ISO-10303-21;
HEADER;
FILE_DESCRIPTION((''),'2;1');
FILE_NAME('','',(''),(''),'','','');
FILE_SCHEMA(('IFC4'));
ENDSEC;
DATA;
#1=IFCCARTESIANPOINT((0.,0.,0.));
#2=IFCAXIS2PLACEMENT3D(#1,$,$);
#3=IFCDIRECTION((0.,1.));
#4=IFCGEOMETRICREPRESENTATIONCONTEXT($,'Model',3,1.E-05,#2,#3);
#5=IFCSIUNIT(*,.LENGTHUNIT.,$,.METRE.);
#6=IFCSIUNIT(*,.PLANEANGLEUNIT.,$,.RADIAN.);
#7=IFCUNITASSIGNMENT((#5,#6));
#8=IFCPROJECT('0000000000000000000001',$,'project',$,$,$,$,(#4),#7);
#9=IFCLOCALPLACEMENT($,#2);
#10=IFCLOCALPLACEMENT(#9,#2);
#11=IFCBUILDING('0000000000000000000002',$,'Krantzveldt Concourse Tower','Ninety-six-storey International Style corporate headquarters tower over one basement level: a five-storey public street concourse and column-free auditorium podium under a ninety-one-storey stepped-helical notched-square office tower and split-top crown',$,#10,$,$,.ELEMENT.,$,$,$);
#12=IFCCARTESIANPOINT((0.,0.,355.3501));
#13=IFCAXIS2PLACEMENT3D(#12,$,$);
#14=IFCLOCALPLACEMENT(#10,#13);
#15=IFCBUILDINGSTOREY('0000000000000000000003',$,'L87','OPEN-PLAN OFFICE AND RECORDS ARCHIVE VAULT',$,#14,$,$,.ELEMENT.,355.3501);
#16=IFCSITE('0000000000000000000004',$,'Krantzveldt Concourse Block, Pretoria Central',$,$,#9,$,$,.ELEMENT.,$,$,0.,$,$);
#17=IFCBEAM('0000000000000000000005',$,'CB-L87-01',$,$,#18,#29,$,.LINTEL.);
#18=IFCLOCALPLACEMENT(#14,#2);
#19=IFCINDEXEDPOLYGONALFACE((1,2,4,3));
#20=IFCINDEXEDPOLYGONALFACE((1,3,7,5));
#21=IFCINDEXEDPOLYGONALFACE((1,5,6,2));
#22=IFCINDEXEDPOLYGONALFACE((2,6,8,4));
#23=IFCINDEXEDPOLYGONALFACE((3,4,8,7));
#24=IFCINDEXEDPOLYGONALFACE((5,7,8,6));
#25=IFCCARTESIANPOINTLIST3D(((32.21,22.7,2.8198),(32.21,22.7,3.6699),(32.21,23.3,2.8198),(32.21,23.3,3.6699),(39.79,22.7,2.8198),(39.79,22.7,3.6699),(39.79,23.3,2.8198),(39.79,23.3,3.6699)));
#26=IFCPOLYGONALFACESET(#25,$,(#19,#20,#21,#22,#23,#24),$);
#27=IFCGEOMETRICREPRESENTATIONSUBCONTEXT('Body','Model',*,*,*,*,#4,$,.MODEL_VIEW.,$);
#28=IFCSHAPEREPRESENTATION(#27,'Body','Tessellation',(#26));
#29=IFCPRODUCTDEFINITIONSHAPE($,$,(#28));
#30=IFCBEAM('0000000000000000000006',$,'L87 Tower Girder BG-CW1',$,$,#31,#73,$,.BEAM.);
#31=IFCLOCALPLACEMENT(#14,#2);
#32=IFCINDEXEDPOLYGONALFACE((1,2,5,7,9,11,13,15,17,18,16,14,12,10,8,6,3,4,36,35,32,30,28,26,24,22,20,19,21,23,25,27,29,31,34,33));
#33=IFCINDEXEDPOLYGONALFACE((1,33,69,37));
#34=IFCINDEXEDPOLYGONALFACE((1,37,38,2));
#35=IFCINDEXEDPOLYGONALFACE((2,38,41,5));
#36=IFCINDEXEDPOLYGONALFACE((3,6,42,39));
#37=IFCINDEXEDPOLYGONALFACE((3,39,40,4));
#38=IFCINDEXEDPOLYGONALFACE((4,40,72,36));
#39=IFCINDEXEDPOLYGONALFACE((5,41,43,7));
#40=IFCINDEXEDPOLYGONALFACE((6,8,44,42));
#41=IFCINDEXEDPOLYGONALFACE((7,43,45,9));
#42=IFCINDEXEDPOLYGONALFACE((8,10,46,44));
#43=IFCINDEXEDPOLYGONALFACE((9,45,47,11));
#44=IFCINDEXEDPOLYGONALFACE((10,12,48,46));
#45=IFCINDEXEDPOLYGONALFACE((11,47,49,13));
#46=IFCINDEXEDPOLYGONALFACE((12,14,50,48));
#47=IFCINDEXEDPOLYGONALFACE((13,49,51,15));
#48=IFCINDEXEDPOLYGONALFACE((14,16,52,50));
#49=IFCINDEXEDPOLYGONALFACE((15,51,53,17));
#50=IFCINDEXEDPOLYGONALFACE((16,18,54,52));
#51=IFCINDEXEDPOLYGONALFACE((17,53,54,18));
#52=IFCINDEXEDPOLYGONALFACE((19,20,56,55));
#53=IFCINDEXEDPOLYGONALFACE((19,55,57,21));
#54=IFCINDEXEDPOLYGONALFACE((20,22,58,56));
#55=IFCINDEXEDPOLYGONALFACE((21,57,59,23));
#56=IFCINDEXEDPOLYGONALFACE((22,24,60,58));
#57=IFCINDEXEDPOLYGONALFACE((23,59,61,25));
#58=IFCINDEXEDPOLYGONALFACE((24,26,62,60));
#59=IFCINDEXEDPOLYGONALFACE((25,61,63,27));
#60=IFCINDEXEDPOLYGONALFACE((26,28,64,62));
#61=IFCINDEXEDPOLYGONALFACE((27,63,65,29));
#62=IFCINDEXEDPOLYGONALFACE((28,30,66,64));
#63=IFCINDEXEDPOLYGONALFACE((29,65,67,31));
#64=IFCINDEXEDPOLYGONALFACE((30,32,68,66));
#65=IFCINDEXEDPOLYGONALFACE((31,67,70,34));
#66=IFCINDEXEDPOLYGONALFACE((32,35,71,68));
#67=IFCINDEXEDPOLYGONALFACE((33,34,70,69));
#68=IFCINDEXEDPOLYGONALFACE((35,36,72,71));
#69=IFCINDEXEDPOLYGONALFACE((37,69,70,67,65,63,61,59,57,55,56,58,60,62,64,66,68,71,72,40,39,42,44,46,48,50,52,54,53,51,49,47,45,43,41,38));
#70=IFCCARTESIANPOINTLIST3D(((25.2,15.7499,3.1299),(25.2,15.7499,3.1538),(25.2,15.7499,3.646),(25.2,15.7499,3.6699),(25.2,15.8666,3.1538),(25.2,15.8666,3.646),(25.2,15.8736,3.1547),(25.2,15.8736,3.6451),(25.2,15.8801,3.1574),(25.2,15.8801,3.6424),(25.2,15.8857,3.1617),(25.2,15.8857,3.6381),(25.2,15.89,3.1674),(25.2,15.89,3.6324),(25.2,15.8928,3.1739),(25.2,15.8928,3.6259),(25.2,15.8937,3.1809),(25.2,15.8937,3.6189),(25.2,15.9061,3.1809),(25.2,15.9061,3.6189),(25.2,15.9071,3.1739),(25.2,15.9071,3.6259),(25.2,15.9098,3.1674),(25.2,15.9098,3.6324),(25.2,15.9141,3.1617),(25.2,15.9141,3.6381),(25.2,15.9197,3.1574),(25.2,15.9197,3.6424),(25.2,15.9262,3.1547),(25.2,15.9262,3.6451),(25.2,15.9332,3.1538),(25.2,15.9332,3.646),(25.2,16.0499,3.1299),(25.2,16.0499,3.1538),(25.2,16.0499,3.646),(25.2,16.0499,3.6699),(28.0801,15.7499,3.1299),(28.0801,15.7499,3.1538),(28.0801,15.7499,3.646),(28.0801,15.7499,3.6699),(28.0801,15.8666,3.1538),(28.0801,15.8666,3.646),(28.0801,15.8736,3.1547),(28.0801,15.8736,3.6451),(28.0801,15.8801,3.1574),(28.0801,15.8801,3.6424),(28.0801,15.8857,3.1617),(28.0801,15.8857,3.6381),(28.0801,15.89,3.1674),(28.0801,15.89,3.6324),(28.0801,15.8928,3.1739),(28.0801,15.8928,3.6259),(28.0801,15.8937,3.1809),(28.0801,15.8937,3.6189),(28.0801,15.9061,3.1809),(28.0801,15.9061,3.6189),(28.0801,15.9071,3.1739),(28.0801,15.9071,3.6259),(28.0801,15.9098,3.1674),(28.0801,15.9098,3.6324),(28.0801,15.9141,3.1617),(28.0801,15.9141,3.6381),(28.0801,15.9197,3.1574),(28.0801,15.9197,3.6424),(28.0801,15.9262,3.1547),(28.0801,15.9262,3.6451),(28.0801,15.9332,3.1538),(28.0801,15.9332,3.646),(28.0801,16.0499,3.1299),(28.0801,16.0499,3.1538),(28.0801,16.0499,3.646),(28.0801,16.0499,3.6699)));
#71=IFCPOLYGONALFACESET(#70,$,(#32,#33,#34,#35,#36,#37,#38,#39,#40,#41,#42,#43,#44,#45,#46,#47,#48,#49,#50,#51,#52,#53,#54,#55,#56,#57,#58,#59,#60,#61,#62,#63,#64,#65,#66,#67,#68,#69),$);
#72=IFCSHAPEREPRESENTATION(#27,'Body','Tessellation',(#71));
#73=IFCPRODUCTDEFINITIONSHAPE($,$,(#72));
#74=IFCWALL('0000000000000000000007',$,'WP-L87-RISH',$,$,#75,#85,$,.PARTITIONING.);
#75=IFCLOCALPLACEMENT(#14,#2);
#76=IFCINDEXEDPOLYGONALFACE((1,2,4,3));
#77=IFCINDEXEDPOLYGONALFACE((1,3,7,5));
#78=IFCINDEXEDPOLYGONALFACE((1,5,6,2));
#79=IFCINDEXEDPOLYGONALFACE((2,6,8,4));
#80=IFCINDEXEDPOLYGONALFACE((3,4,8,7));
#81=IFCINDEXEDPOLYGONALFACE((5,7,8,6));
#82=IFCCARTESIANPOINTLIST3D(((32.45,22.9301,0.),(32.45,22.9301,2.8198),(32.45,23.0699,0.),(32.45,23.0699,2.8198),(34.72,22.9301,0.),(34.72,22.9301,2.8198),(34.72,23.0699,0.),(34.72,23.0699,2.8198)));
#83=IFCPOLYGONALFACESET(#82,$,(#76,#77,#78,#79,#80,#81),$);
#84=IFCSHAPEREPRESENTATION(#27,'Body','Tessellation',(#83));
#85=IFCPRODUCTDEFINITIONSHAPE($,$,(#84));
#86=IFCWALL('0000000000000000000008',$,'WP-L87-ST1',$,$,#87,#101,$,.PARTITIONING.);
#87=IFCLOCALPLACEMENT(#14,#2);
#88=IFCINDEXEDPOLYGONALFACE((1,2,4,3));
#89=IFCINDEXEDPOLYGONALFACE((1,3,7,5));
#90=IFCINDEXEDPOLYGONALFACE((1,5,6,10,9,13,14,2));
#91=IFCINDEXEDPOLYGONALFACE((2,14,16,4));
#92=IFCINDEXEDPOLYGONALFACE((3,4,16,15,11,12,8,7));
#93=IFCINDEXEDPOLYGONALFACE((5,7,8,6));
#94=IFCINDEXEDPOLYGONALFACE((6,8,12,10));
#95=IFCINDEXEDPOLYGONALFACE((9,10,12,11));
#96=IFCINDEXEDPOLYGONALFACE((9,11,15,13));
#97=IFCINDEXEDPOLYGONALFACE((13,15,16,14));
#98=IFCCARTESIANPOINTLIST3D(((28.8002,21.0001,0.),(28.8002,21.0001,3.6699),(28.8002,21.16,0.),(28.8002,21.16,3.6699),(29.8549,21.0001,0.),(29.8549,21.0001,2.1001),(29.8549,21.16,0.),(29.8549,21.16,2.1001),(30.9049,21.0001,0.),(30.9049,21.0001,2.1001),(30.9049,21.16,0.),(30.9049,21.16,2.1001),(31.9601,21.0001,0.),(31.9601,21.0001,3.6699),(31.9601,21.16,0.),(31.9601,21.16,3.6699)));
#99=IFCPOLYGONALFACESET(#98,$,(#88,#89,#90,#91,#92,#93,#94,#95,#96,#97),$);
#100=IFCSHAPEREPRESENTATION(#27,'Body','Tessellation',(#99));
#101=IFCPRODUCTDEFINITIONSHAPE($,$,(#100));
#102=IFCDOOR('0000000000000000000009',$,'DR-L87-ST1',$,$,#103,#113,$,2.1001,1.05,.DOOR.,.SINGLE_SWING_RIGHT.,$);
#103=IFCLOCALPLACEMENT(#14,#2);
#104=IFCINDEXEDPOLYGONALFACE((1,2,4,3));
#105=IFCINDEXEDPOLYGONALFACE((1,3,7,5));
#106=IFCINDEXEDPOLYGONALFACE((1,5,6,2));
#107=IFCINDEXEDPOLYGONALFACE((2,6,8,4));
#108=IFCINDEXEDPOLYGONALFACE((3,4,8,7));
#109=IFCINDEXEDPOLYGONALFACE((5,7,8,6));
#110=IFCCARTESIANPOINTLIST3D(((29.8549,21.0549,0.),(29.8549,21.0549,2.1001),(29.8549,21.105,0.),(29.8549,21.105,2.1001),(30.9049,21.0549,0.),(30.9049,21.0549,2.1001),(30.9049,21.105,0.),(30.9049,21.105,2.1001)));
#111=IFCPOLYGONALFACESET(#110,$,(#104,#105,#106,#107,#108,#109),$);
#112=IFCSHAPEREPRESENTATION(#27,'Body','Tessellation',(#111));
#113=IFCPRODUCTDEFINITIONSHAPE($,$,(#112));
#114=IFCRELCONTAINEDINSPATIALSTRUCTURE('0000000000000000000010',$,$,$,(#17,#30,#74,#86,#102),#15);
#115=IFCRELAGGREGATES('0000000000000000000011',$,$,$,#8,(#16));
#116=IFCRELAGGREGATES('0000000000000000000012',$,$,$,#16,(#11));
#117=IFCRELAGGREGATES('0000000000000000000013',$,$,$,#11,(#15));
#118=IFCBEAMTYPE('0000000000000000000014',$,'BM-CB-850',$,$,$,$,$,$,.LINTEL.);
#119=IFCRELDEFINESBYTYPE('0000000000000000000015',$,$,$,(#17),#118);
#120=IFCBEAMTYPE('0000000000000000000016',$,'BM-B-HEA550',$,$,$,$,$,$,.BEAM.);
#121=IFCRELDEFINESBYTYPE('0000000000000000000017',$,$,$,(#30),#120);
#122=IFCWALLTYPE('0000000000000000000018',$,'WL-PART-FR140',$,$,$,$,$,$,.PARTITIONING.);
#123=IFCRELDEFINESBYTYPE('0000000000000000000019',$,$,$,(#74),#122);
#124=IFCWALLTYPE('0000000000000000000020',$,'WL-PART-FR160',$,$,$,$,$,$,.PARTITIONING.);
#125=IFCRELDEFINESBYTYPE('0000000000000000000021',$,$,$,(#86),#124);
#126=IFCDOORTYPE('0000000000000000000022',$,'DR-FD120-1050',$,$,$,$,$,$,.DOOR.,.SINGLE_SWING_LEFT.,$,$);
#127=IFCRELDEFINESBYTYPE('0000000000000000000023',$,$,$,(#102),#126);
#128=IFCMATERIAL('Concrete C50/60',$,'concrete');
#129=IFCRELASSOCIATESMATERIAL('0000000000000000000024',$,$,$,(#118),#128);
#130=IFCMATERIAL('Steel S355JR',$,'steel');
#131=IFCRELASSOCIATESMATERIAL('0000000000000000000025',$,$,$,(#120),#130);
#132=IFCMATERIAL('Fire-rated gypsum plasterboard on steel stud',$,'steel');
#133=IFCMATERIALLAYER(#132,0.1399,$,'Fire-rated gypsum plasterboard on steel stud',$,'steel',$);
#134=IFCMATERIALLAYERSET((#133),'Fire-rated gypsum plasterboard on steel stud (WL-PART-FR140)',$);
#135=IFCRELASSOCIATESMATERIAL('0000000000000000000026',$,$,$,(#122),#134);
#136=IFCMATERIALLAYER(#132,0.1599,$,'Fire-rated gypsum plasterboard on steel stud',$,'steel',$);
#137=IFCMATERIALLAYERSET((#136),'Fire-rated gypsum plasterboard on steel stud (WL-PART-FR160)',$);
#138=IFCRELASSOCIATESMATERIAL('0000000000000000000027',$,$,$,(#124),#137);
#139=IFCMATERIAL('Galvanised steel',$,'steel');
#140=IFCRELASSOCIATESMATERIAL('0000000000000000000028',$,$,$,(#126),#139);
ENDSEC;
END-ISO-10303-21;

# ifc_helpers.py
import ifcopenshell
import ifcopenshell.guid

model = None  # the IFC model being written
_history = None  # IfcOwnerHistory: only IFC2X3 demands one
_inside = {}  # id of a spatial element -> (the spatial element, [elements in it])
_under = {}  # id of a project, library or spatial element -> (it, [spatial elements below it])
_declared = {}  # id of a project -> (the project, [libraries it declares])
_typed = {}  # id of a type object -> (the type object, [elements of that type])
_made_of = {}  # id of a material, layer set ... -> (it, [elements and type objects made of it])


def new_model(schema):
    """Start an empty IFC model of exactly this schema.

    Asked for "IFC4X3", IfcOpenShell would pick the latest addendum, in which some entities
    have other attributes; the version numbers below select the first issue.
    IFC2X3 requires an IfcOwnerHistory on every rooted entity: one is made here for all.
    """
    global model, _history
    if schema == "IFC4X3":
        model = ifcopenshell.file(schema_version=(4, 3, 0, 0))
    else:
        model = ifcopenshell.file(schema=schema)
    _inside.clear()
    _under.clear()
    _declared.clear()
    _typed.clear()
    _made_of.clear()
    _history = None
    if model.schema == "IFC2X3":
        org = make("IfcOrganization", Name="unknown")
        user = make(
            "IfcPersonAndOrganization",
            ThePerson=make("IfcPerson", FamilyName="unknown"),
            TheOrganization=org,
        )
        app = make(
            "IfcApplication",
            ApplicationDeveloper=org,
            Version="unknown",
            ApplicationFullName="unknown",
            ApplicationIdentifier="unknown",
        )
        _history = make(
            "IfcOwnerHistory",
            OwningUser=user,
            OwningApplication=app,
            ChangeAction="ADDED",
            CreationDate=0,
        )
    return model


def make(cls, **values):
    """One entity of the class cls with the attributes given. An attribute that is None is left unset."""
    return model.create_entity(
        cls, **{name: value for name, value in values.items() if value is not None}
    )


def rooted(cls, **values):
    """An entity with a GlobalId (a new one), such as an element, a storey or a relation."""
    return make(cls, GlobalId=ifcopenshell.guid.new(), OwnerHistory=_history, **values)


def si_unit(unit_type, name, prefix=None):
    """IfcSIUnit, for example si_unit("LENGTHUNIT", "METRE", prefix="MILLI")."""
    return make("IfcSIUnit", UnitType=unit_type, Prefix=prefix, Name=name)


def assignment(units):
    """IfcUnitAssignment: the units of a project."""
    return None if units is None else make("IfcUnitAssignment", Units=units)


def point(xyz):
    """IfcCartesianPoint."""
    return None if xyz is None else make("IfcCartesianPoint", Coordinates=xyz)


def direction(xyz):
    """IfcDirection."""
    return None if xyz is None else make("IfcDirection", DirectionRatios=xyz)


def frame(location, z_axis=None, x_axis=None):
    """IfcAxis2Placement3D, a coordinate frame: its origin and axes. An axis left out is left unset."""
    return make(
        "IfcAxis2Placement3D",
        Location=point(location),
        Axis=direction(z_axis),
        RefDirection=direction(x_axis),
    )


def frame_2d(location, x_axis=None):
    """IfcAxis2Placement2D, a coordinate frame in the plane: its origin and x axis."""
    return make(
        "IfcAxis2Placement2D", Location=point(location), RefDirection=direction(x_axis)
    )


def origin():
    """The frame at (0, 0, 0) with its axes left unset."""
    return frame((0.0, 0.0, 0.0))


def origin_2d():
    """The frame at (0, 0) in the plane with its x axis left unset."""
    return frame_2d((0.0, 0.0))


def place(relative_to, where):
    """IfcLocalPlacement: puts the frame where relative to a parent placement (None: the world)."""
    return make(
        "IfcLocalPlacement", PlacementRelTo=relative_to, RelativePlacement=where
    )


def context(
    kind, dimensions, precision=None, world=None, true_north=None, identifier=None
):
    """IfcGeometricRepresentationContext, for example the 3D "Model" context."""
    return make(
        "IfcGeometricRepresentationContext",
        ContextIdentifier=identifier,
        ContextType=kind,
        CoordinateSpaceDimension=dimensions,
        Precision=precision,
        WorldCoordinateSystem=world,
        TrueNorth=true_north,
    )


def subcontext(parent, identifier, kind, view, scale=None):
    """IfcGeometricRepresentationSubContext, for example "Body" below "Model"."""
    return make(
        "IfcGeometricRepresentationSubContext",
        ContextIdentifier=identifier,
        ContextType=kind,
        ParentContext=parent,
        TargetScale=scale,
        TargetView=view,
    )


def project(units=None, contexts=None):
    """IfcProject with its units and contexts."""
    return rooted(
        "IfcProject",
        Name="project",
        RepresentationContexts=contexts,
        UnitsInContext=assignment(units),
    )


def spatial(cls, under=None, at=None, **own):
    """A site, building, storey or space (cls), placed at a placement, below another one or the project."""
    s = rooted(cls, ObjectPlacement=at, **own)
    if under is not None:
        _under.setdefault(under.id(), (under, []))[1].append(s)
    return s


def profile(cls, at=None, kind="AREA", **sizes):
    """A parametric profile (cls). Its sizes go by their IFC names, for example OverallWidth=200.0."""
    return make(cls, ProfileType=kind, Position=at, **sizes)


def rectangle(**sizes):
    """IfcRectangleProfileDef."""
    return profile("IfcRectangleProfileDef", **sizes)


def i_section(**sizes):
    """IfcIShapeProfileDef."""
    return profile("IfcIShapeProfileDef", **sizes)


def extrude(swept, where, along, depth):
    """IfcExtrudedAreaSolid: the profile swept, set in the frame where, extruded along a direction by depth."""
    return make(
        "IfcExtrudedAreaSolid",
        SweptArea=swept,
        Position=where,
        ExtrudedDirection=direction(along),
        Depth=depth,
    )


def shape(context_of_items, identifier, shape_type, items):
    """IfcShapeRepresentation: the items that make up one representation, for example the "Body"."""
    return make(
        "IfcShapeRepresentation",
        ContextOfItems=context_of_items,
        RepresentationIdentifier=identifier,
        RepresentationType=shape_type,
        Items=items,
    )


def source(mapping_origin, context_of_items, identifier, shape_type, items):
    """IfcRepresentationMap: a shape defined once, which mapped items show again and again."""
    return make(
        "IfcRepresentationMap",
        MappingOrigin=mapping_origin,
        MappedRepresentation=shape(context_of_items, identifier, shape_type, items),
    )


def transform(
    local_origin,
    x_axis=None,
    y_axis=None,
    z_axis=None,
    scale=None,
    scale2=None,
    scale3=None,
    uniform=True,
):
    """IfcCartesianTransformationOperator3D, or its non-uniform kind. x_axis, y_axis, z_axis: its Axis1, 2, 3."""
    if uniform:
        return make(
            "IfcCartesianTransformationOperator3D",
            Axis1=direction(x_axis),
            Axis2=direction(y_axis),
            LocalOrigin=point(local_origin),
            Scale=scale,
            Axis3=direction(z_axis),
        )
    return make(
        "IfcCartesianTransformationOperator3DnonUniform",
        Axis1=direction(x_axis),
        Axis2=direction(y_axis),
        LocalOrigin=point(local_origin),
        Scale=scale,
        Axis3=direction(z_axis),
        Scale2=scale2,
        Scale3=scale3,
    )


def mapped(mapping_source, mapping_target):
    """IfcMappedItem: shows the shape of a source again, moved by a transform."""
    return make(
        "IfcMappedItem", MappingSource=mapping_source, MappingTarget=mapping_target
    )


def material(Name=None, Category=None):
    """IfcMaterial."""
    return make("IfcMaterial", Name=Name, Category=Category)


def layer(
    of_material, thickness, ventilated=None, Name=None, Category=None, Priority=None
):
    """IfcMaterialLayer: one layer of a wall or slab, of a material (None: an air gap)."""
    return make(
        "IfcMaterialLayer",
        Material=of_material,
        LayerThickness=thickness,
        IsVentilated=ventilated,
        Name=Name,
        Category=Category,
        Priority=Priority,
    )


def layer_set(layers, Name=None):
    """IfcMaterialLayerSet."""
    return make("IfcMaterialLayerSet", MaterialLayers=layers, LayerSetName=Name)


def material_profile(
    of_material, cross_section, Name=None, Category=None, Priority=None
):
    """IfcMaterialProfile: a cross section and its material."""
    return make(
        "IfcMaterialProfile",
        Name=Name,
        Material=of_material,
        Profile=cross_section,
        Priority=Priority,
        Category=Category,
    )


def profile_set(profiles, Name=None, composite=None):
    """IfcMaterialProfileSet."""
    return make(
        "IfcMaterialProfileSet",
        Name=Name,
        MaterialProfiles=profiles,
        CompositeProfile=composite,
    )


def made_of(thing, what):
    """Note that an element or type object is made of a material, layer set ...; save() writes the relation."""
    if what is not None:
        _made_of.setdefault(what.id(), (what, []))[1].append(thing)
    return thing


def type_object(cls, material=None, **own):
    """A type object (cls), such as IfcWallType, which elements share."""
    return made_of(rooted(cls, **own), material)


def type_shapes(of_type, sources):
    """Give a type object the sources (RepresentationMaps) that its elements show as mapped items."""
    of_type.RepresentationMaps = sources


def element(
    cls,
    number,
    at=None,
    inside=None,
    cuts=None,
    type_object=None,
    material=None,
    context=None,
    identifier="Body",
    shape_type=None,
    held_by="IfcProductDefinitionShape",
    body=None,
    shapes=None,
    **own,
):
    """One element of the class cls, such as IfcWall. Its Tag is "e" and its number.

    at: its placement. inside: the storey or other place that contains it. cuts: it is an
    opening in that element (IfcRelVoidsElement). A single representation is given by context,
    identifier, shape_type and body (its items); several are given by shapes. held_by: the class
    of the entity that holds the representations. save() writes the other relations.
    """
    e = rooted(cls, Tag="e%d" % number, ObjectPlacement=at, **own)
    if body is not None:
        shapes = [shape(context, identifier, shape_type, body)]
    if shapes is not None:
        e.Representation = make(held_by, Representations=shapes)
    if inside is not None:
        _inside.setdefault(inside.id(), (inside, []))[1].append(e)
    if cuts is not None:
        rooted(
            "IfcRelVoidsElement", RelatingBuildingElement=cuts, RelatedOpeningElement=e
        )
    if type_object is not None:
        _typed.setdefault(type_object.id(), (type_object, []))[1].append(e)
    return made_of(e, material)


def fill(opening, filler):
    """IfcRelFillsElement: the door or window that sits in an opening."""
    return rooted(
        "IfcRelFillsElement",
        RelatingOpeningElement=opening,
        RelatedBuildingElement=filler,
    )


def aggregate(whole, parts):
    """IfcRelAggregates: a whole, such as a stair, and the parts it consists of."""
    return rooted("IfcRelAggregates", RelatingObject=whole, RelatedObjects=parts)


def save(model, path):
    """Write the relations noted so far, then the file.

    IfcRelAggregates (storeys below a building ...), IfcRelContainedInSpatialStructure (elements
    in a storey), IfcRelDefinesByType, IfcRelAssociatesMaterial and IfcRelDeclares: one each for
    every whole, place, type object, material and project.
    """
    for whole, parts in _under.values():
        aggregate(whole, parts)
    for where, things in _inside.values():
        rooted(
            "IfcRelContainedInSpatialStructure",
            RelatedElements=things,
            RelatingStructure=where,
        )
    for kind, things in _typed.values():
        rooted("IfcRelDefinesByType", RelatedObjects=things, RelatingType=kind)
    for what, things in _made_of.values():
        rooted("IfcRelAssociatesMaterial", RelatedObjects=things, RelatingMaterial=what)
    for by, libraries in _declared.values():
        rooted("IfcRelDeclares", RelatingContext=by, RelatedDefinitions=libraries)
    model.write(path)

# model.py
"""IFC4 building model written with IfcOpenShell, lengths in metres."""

from ifc_helpers import new_model, si_unit, direction, frame, frame_2d, origin, origin_2d, place, context, subcontext, project, spatial, rectangle, i_section, extrude, source, transform, mapped, material, layer, layer_set, material_profile, profile_set, type_object, type_shapes, element, fill, save


model = new_model("IFC4")

# Units and contexts
model_context = context("Model", 3, precision=1e-05, world=origin(), true_north=direction((0.0, 1.0)))
body_context = subcontext(model_context, "Body", "Model", "MODEL_VIEW")
ifc_project = project(units=[si_unit("LENGTHUNIT", "METRE"), si_unit("PLANEANGLEUNIT", "RADIAN")], contexts=[model_context])

# Site, building, storey
site_placement = place(None, origin())
site = spatial("IfcSite", under=ifc_project, at=site_placement, Name="Krantzveldt Concourse Block, Pretoria Central", CompositionType="ELEMENT", RefElevation=0.0)
building_placement = place(site_placement, origin())
building = spatial("IfcBuilding", under=site, at=building_placement, Name="Krantzveldt Concourse Tower", Description="Ninety-six-storey International Style corporate headquarters tower over one basement level: a five-storey public street concourse and column-free auditorium podium under a ninety-one-storey stepped-helical notched-square office tower and split-top crown", CompositionType="ELEMENT")
storey_placement = place(building_placement, frame((0.0, 0.0, 355.3501)))
storey = spatial("IfcBuildingStorey", under=building, at=storey_placement, Name="L87", Description="OPEN-PLAN OFFICE AND RECORDS ARCHIVE VAULT", CompositionType="ELEMENT", Elevation=355.3501)

# Beams
ifc_material_1 = material(Name="Concrete C50/60", Category="concrete")
ifc_material_profile_1 = material_profile(ifc_material_1, rectangle(XDim=0.6001, YDim=0.8501, at=origin_2d()), Name="Concrete C50/60", Category="concrete")
ifc_profile_set_1 = profile_set([ifc_material_profile_1], Name="Concrete C50/60 - RC-CB 600x850")
beam_type_1 = type_object("IfcBeamType", Name="BM-CB-850", PredefinedType="LINTEL", material=ifc_profile_set_1)
shared_shape_1 = source(origin(), body_context, "Body", "SweptSolid", [
    extrude(rectangle(XDim=0.6001, YDim=0.8501, at=origin_2d()), origin(), (0.0, 0.0, 1.0), 7.5801),
])
type_shapes(beam_type_1, [shared_shape_1])
beam_1_placement = place(storey_placement, frame((32.21, 23.0, 3.2449), z_axis=(1.0, 0.0, 0.0), x_axis=(0.0, 1.0, 0.0)))
element("IfcBeam", 1, at=beam_1_placement, inside=storey, type_object=beam_type_1, Name="CB-L87-01", PredefinedType="LINTEL", context=body_context, shape_type="MappedRepresentation", body=[
    mapped(shared_shape_1, transform((0.0, 0.0, 0.0), x_axis=(1.0, 0.0, 0.0), y_axis=(0.0, 1.0, 0.0), z_axis=(0.0, 0.0, 1.0), scale=1.0)),
])
ifc_material_2 = material(Name="Steel S355JR", Category="steel")
ifc_material_profile_2 = material_profile(ifc_material_2, i_section(OverallWidth=0.3, OverallDepth=0.54, WebThickness=0.0125, FlangeThickness=0.0239, FilletRadius=0.0271, at=origin_2d()), Name="Steel S355JR", Category="steel")
ifc_profile_set_2 = profile_set([ifc_material_profile_2], Name="Steel S355JR - HEA 550")
beam_type_2 = type_object("IfcBeamType", Name="BM-B-HEA550", PredefinedType="BEAM", material=ifc_profile_set_2)
shared_shape_2 = source(origin(), body_context, "Body", "SweptSolid", [
    extrude(i_section(OverallWidth=0.3, OverallDepth=0.54, WebThickness=0.0125, FlangeThickness=0.0239, FilletRadius=0.0271, at=origin_2d()), origin(), (0.0, 0.0, 1.0), 2.8801),
])
type_shapes(beam_type_2, [shared_shape_2])
beam_2_placement = place(storey_placement, frame((25.2, 15.8999, 3.3999), z_axis=(1.0, 0.0, 0.0), x_axis=(0.0, 1.0, 0.0)))
element("IfcBeam", 2, at=beam_2_placement, inside=storey, type_object=beam_type_2, Name="L87 Tower Girder BG-CW1", PredefinedType="BEAM", context=body_context, shape_type="MappedRepresentation", body=[
    mapped(shared_shape_2, transform((0.0, 0.0, 0.0), x_axis=(1.0, 0.0, 0.0), y_axis=(0.0, 1.0, 0.0), z_axis=(0.0, 0.0, 1.0), scale=1.0)),
])

# Wall
ifc_material_3 = material(Name="Fire-rated gypsum plasterboard on steel stud", Category="steel")
ifc_layer_1 = layer(ifc_material_3, 0.1399, Name="Fire-rated gypsum plasterboard on steel stud", Category="steel")
ifc_layer_set_1 = layer_set([ifc_layer_1], Name="Fire-rated gypsum plasterboard on steel stud (WL-PART-FR140)")
wall_type_1 = type_object("IfcWallType", Name="WL-PART-FR140", PredefinedType="PARTITIONING", material=ifc_layer_set_1)
wall_1_placement = place(storey_placement, frame((32.45, 23.0, 0.0), z_axis=(0.0, 0.0, 1.0), x_axis=(1.0, 0.0, 0.0)))
element("IfcWall", 3, at=wall_1_placement, inside=storey, type_object=wall_type_1, Name="WP-L87-RISH", PredefinedType="PARTITIONING", context=body_context, shape_type="SweptSolid", body=[
    extrude(rectangle(XDim=2.27, YDim=0.1399, at=frame_2d((1.135, 0.0))), origin(), (0.0, 0.0, 1.0), 2.8198),
])

# Wall, opening, door
ifc_layer_2 = layer(ifc_material_3, 0.1599, Name="Fire-rated gypsum plasterboard on steel stud", Category="steel")
ifc_layer_set_2 = layer_set([ifc_layer_2], Name="Fire-rated gypsum plasterboard on steel stud (WL-PART-FR160)")
wall_type_2 = type_object("IfcWallType", Name="WL-PART-FR160", PredefinedType="PARTITIONING", material=ifc_layer_set_2)
wall_2_placement = place(storey_placement, frame((28.8, 21.0801, 0.0), z_axis=(0.0, 0.0, 1.0), x_axis=(1.0, 0.0, 0.0)))
wall_2 = element("IfcWall", 4, at=wall_2_placement, inside=storey, type_object=wall_type_2, Name="WP-L87-ST1", PredefinedType="PARTITIONING", context=body_context, shape_type="SweptSolid", body=[
    extrude(rectangle(XDim=3.1599, YDim=0.1599, at=frame_2d((1.5801, 0.0))), origin(), (0.0, 0.0, 1.0), 3.6699),
])
opening_1_placement = place(wall_2_placement, frame((1.0549, 0.0, 0.0)))
opening_1 = element("IfcOpeningElement", 5, at=opening_1_placement, cuts=wall_2, PredefinedType="OPENING", context=body_context, shape_type="SweptSolid", body=[
    extrude(rectangle(XDim=1.05, YDim=2.1001, at=frame_2d((0.5249, 1.05))), frame((0.0, 0.0898, 0.0), z_axis=(0.0, -1.0, 0.0), x_axis=(1.0, 0.0, 0.0)), (0.0, 0.0, 1.0), 0.1799),
])
ifc_material_4 = material(Name="Galvanised steel", Category="steel")
door_type_1 = type_object("IfcDoorType", Name="DR-FD120-1050", OperationType="SINGLE_SWING_LEFT", PredefinedType="DOOR", material=ifc_material_4)
door_1_placement = place(opening_1_placement, origin())
door_1 = element("IfcDoor", 6, at=door_1_placement, inside=storey, type_object=door_type_1, Name="DR-L87-ST1", OperationType="SINGLE_SWING_RIGHT", OverallHeight=2.1001, OverallWidth=1.05, PredefinedType="DOOR", context=body_context, shape_type="SweptSolid", body=[
    extrude(rectangle(XDim=1.05, YDim=2.1001, at=frame_2d((0.5249, 1.05))), frame((0.0, 0.0249, 0.0), z_axis=(0.0, -1.0, 0.0), x_axis=(1.0, 0.0, 0.0)), (0.0, 0.0, 1.0), 0.05),
])
fill(opening_1, door_1)

save(model, "model.ifc")
